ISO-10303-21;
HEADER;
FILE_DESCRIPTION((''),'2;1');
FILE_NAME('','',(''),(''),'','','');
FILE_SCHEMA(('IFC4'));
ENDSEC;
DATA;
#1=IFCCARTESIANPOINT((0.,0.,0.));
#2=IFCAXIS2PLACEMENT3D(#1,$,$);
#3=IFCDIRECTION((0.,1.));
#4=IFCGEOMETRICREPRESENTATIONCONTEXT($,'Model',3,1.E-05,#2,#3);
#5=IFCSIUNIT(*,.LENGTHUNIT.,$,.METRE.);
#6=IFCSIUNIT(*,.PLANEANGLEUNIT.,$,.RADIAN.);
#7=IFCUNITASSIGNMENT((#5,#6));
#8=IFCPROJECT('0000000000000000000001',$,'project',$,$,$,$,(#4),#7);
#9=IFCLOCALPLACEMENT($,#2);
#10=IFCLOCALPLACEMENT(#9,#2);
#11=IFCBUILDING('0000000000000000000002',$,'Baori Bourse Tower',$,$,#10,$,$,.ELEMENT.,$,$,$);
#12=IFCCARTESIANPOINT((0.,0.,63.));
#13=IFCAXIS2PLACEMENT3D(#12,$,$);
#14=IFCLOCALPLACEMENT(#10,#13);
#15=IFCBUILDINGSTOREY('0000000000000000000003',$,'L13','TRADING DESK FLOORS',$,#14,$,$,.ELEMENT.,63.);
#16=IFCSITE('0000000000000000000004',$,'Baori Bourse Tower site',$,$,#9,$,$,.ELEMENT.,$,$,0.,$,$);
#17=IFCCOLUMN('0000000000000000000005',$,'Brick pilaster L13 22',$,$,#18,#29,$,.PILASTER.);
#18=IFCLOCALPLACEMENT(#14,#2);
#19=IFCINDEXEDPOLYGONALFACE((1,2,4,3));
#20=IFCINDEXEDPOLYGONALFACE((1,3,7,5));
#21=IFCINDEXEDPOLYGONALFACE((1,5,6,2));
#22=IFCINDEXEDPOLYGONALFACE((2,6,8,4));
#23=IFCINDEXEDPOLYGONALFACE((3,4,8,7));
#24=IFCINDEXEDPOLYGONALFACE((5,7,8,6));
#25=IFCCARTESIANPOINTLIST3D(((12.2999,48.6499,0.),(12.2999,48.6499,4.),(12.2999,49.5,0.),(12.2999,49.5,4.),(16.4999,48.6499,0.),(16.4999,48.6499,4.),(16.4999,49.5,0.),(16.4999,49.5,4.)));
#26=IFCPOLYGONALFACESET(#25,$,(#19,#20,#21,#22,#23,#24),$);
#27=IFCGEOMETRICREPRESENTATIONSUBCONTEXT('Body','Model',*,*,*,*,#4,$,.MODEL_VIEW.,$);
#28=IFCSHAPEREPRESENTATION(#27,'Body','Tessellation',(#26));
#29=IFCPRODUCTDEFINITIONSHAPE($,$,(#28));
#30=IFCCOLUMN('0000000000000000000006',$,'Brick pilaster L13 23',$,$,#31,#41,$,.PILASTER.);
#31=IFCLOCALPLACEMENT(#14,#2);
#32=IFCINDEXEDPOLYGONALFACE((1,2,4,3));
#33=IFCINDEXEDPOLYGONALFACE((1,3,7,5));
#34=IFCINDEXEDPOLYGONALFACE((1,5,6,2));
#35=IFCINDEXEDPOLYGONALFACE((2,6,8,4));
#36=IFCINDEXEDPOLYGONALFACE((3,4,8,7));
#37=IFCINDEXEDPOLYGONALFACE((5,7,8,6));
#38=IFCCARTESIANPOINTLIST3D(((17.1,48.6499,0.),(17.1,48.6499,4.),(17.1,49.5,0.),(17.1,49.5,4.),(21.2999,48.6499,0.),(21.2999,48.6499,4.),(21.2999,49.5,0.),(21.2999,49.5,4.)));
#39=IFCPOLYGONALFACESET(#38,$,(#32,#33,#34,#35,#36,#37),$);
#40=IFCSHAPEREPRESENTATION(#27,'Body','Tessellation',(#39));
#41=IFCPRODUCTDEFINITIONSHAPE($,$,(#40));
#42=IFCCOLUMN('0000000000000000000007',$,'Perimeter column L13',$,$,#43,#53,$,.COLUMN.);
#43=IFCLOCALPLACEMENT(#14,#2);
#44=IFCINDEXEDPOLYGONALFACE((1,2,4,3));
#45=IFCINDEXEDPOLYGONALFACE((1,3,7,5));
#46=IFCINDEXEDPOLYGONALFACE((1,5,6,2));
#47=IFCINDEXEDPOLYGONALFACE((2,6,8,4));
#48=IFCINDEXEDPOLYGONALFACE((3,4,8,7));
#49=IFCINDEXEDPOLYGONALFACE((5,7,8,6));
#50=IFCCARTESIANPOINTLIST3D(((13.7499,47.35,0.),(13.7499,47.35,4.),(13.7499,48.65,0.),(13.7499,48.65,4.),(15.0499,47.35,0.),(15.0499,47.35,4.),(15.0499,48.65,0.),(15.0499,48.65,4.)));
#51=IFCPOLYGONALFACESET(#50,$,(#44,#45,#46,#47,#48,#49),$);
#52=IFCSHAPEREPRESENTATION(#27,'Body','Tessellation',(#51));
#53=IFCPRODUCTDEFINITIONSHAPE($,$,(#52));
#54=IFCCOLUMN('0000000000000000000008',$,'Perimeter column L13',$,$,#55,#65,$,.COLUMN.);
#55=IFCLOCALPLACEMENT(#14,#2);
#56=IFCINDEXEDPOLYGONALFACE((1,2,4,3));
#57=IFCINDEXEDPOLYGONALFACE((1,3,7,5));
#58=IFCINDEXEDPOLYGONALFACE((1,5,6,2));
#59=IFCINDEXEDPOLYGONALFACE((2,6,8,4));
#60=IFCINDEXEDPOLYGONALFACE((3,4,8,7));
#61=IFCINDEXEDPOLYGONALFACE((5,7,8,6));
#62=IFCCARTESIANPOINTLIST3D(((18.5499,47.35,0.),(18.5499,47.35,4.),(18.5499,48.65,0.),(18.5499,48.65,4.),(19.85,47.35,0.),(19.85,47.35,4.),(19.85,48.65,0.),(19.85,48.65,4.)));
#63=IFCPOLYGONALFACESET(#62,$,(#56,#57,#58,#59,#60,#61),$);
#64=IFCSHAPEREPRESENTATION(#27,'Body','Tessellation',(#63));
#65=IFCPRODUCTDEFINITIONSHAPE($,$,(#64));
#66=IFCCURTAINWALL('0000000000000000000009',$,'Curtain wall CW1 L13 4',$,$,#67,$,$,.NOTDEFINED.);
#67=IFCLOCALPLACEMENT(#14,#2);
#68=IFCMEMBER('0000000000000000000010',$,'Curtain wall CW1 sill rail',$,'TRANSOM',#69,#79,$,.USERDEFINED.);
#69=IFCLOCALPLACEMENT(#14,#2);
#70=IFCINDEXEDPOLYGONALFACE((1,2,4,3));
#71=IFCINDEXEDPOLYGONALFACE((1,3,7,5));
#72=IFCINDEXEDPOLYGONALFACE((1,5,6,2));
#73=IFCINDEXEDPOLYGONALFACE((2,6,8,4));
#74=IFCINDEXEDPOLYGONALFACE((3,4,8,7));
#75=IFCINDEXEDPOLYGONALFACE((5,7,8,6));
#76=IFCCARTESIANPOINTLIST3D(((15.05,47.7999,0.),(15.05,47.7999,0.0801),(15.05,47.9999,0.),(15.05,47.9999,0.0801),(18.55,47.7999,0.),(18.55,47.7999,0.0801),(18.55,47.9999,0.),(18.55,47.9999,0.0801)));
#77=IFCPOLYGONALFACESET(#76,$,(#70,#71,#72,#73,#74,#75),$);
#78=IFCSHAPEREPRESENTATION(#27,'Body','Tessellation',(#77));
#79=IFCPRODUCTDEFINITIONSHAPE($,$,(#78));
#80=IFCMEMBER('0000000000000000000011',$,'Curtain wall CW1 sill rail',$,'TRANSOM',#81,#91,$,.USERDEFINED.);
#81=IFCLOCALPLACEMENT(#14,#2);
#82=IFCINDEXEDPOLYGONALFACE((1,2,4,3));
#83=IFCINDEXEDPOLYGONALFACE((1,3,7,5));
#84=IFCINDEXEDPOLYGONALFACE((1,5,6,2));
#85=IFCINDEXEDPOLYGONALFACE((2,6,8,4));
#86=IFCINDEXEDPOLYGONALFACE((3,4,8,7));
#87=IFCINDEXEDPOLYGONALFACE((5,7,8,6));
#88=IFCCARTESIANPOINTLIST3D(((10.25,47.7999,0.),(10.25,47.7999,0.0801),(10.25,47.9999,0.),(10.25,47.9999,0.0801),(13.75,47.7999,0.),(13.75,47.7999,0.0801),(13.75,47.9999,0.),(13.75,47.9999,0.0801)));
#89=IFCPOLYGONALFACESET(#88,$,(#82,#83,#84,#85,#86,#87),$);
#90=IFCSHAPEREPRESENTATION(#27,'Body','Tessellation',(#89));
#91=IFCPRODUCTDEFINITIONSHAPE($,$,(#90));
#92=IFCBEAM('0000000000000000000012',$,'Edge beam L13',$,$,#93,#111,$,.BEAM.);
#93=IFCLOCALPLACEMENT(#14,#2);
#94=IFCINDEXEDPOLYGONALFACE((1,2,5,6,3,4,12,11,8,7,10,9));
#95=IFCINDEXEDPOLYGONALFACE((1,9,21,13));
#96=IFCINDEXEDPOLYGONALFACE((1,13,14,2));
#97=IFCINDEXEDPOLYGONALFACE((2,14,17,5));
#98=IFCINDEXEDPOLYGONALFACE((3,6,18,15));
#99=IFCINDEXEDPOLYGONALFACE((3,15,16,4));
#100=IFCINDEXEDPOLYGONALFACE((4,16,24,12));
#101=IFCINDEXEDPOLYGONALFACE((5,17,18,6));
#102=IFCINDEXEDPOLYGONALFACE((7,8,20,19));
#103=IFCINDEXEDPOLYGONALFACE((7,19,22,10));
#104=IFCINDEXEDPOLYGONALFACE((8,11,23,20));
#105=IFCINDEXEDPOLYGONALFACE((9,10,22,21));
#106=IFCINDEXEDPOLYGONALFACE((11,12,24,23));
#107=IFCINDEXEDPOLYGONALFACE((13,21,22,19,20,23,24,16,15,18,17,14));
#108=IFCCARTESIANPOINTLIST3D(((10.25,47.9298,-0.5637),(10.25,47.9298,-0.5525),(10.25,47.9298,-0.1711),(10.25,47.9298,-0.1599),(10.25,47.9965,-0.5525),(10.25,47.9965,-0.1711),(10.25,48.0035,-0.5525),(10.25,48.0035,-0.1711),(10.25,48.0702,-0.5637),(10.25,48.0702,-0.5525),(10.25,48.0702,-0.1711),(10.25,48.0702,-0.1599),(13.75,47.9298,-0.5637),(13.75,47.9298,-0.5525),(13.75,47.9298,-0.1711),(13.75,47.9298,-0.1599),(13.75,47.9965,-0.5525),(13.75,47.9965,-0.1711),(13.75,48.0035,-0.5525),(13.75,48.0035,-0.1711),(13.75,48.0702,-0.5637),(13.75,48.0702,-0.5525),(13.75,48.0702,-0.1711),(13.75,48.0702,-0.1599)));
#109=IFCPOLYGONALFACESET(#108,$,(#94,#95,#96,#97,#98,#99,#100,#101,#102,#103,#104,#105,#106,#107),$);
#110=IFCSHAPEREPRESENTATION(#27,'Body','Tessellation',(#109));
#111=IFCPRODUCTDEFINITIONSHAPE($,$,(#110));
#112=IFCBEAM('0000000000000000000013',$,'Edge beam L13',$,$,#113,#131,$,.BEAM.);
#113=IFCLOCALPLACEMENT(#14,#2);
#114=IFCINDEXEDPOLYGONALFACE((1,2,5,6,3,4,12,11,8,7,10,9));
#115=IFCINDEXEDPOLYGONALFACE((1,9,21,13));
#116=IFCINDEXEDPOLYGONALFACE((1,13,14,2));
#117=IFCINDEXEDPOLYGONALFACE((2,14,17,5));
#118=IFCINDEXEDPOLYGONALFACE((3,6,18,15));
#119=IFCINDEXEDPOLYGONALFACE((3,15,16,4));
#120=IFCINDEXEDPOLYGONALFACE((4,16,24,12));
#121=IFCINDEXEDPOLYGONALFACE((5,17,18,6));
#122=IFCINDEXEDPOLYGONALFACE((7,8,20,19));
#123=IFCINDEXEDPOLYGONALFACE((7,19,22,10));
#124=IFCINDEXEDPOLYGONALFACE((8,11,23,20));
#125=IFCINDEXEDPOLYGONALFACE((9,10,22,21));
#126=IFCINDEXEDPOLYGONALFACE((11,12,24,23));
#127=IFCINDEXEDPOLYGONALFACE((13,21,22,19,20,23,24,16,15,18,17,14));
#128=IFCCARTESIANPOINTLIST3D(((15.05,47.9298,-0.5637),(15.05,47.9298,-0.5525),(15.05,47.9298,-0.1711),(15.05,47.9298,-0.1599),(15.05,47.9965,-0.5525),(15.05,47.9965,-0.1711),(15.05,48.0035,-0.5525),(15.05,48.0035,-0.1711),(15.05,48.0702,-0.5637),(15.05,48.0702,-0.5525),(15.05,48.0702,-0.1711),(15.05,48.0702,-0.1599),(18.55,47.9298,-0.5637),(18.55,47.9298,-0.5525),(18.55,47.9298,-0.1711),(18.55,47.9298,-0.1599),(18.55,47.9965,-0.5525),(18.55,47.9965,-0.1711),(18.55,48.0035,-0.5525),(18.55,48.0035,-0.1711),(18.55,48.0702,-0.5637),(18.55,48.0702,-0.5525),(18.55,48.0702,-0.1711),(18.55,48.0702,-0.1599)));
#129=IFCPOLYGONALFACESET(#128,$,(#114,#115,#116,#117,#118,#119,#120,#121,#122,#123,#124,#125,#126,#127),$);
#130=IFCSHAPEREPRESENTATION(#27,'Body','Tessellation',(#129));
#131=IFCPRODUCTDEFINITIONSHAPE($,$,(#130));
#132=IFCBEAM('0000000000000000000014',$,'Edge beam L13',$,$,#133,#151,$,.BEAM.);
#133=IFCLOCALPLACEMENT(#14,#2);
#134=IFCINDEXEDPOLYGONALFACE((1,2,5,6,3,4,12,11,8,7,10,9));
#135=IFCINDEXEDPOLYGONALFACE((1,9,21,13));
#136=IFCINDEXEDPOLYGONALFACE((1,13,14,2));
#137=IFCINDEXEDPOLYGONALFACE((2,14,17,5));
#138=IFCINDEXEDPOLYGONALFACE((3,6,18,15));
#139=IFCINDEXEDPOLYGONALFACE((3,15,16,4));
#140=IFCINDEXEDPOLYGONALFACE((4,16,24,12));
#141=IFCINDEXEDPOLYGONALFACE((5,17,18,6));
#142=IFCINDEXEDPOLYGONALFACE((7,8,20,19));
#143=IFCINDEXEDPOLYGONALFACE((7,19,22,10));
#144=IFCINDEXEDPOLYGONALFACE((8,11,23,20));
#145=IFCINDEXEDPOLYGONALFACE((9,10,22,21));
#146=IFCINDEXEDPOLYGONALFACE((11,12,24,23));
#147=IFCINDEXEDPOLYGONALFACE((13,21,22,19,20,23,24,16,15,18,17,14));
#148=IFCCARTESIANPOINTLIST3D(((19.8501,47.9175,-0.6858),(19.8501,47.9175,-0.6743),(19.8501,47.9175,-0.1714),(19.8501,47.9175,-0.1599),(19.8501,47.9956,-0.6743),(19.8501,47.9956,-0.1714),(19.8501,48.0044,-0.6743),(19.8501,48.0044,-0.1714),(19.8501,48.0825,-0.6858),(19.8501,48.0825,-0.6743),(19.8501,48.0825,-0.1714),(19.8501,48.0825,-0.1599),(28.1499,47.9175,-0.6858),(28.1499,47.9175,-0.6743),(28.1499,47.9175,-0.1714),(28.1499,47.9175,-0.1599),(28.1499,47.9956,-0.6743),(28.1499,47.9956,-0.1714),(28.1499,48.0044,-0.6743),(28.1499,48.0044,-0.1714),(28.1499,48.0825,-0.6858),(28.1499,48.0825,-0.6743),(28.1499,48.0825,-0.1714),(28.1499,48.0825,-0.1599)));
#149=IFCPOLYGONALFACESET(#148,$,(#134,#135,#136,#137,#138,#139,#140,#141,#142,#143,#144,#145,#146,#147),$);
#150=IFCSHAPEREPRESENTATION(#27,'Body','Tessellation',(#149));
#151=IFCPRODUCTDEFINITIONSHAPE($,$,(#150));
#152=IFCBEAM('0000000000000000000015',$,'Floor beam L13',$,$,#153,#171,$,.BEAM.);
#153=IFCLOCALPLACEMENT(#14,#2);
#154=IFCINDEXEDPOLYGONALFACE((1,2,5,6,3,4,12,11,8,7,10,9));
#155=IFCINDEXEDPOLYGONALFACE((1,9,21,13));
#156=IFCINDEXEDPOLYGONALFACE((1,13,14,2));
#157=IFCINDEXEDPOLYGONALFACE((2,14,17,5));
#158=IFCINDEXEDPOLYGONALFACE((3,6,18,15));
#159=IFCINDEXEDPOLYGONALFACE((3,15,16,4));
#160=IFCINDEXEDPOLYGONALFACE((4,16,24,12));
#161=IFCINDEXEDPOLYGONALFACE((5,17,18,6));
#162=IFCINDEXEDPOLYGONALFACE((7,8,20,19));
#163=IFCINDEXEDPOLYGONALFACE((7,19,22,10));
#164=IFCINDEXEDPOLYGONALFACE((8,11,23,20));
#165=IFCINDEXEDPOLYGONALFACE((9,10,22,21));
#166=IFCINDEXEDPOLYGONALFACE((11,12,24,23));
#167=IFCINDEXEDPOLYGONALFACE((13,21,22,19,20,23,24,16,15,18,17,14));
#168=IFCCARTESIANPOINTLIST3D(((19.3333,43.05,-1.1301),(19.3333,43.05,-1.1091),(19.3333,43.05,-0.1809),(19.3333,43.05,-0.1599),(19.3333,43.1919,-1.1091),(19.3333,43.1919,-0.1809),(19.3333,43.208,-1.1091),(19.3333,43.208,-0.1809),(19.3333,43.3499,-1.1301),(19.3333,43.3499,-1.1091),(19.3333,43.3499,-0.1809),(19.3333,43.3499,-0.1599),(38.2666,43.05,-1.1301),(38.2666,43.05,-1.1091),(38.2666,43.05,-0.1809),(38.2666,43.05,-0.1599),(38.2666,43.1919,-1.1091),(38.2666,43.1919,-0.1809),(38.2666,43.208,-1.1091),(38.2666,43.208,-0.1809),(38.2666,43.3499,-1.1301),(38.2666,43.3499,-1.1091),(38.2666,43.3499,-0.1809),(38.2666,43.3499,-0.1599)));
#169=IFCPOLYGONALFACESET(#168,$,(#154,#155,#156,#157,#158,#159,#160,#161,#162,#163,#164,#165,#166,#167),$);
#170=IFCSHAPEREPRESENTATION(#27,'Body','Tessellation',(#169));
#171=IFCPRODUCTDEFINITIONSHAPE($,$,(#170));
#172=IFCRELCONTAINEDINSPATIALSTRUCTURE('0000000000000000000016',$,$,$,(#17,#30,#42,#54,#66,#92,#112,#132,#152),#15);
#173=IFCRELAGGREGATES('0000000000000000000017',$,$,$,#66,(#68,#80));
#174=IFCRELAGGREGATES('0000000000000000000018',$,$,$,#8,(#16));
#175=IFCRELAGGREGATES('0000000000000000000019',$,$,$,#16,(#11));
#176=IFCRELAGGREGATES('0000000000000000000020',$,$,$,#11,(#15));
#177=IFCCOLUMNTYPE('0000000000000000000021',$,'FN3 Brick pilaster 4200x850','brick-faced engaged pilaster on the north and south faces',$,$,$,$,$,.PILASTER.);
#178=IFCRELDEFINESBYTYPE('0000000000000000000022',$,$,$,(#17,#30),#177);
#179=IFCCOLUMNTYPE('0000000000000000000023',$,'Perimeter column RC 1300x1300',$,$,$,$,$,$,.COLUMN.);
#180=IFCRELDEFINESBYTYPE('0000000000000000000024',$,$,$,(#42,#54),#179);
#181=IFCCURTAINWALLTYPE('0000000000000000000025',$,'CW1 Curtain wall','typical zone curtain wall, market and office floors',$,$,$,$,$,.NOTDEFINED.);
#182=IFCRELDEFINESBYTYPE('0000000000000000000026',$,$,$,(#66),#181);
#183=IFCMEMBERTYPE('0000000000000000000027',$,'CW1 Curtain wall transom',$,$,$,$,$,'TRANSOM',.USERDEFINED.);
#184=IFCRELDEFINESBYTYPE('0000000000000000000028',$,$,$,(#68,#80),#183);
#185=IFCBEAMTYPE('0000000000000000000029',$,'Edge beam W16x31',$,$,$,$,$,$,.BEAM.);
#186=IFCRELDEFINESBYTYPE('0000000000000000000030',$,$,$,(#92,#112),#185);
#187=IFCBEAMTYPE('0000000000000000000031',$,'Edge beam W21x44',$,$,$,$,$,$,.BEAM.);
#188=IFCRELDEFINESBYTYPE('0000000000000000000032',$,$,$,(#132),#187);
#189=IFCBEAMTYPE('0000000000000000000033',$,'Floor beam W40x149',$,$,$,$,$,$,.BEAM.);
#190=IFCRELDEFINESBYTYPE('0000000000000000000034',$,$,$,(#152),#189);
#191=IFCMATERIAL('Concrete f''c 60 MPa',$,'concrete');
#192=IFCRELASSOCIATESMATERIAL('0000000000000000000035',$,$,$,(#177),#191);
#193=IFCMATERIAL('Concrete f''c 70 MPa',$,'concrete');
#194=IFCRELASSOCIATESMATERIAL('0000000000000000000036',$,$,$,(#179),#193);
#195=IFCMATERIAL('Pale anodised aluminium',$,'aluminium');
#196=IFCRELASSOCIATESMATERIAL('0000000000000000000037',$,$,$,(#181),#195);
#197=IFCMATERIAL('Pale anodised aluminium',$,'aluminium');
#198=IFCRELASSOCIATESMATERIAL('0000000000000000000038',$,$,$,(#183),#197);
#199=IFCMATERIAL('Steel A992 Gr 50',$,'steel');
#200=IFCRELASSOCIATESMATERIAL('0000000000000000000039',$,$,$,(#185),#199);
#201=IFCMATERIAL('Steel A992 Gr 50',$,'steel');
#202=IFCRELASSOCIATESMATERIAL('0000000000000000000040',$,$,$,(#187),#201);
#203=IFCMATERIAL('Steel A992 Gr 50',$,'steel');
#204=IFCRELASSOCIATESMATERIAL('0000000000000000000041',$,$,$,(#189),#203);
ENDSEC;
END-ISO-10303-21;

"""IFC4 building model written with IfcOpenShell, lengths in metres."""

from ifc_helpers import new_model, si_unit, direction, frame, origin, origin_2d, place, context, subcontext, project, spatial, rectangle, i_section, extrude, material, material_profile, profile_set, type_object, element, aggregate, save


model = new_model("IFC4")

# Units and contexts
model_context = context("Model", 3, precision=1e-05, world=origin(), true_north=direction((0.0, 1.0)))
body_context = subcontext(model_context, "Body", "Model", "MODEL_VIEW")
ifc_project = project(units=[si_unit("LENGTHUNIT", "METRE"), si_unit("PLANEANGLEUNIT", "RADIAN")], contexts=[model_context])

# Site, building, storey
site_placement = place(None, origin())
site = spatial("IfcSite", under=ifc_project, at=site_placement, Name="Baori Bourse Tower site", CompositionType="ELEMENT", RefElevation=0.0)
building_placement = place(site_placement, origin())
building = spatial("IfcBuilding", under=site, at=building_placement, Name="Baori Bourse Tower", CompositionType="ELEMENT")
storey_placement = place(building_placement, frame((0.0, 0.0, 63.0)))
storey = spatial("IfcBuildingStorey", under=building, at=storey_placement, Name="L13", Description="TRADING DESK FLOORS", CompositionType="ELEMENT", Elevation=63.0)

# Columns
ifc_material_1 = material(Name="Concrete f'c 60 MPa", Category="concrete")
ifc_material_profile_1 = material_profile(ifc_material_1, rectangle(XDim=4.2, YDim=0.8501, at=origin_2d()), Name="RC 4200x850")
ifc_profile_set_1 = profile_set([ifc_material_profile_1], Name="Concrete f'c 60 MPa")
column_type_1 = type_object("IfcColumnType", Name="FN3 Brick pilaster 4200x850", Description="brick-faced engaged pilaster on the north and south faces", PredefinedType="PILASTER", material=ifc_profile_set_1)
for number, where, z_axis, x_axis, name in (
    (1, (14.3999, 49.075, 0.0), (0.0, 0.0, 1.0), (1.0, 0.0, 0.0), "Brick pilaster L13 22"),
    (2, (19.2, 49.075, 0.0), (0.0, 0.0, 1.0), (1.0, 0.0, 0.0), "Brick pilaster L13 23"),
):
    element("IfcColumn", number, at=place(storey_placement, frame(where, z_axis=z_axis, x_axis=x_axis)), inside=storey, type_object=column_type_1, Name=name, PredefinedType="PILASTER", context=body_context, shape_type="SweptSolid", body=[
        extrude(rectangle(XDim=4.2, YDim=0.8501, at=origin_2d()), origin(), (0.0, 0.0, 1.0), 4.0),
    ])
ifc_material_2 = material(Name="Concrete f'c 70 MPa", Category="concrete")
ifc_material_profile_2 = material_profile(ifc_material_2, rectangle(XDim=1.3, YDim=1.3, at=origin_2d()), Name="RC 1300x1300")
ifc_profile_set_2 = profile_set([ifc_material_profile_2], Name="Concrete f'c 70 MPa")
column_type_2 = type_object("IfcColumnType", Name="Perimeter column RC 1300x1300", PredefinedType="COLUMN", material=ifc_profile_set_2)
for number, where, z_axis, x_axis, name in (
    (3, (14.3999, 48.0, 0.0), (0.0, 0.0, 1.0), (1.0, 0.0, 0.0), "Perimeter column L13"),
    (4, (19.2, 48.0, 0.0), (0.0, 0.0, 1.0), (1.0, 0.0, 0.0), "Perimeter column L13"),
):
    element("IfcColumn", number, at=place(storey_placement, frame(where, z_axis=z_axis, x_axis=x_axis)), inside=storey, type_object=column_type_2, Name=name, PredefinedType="COLUMN", context=body_context, shape_type="SweptSolid", body=[
        extrude(rectangle(XDim=1.3, YDim=1.3, at=origin_2d()), origin(), (0.0, 0.0, 1.0), 4.0),
    ])

# Curtain wall, members
ifc_material_3 = material(Name="Pale anodised aluminium", Category="aluminium")
curtain_wall_type = type_object("IfcCurtainWallType", Name="CW1 Curtain wall", Description="typical zone curtain wall, market and office floors", PredefinedType="NOTDEFINED", material=ifc_material_3)
curtain_wall_placement = place(storey_placement, origin())
curtain_wall = element("IfcCurtainWall", 5, at=curtain_wall_placement, inside=storey, type_object=curtain_wall_type, Name="Curtain wall CW1 L13 4", PredefinedType="NOTDEFINED")
ifc_material_4 = material(Name="Pale anodised aluminium", Category="aluminium")
ifc_material_profile_3 = material_profile(ifc_material_4, rectangle(XDim=0.2, YDim=0.0801, at=origin_2d()), Name="Transom 80x200")
ifc_profile_set_3 = profile_set([ifc_material_profile_3], Name="Pale anodised aluminium")
member_type = type_object("IfcMemberType", Name="CW1 Curtain wall transom", ElementType="TRANSOM", PredefinedType="USERDEFINED", material=ifc_profile_set_3)
member_1_placement = place(storey_placement, frame((18.55, 47.8999, 0.04), z_axis=(-1.0, 0.0, 0.0), x_axis=(0.0, -1.0, 0.0)))
member_1 = element("IfcMember", 6, at=member_1_placement, type_object=member_type, Name="Curtain wall CW1 sill rail", ObjectType="TRANSOM", PredefinedType="USERDEFINED", context=body_context, shape_type="SweptSolid", body=[
    extrude(rectangle(XDim=0.2, YDim=0.0801, at=origin_2d()), origin(), (0.0, 0.0, 1.0), 3.5),
])
member_2_placement = place(storey_placement, frame((13.75, 47.8999, 0.04), z_axis=(-1.0, 0.0, 0.0), x_axis=(0.0, -1.0, 0.0)))
member_2 = element("IfcMember", 7, at=member_2_placement, type_object=member_type, Name="Curtain wall CW1 sill rail", ObjectType="TRANSOM", PredefinedType="USERDEFINED", context=body_context, shape_type="SweptSolid", body=[
    extrude(rectangle(XDim=0.2, YDim=0.0801, at=origin_2d()), origin(), (0.0, 0.0, 1.0), 3.5),
])

# Beams
ifc_material_5 = material(Name="Steel A992 Gr 50", Category="steel")
ifc_material_profile_4 = material_profile(ifc_material_5, i_section(OverallWidth=0.1404, OverallDepth=0.4038, WebThickness=0.0071, FlangeThickness=0.0112, at=origin_2d()), Name="W16x31")
ifc_profile_set_4 = profile_set([ifc_material_profile_4], Name="Steel A992 Gr 50")
beam_type_1 = type_object("IfcBeamType", Name="Edge beam W16x31", PredefinedType="BEAM", material=ifc_profile_set_4)
for number, where, z_axis, x_axis, name in (
    (8, (10.25, 48.0, -0.3618), (1.0, 0.0, 0.0), (0.0, 1.0, 0.0), "Edge beam L13"),
    (9, (15.05, 48.0, -0.3618), (1.0, 0.0, 0.0), (0.0, 1.0, 0.0), "Edge beam L13"),
):
    element("IfcBeam", number, at=place(storey_placement, frame(where, z_axis=z_axis, x_axis=x_axis)), inside=storey, type_object=beam_type_1, Name=name, PredefinedType="BEAM", context=body_context, shape_type="SweptSolid", body=[
        extrude(i_section(OverallWidth=0.1404, OverallDepth=0.4038, WebThickness=0.0071, FlangeThickness=0.0112, at=origin_2d()), origin(), (0.0, 0.0, 1.0), 3.5),
    ])
ifc_material_6 = material(Name="Steel A992 Gr 50", Category="steel")
ifc_material_profile_5 = material_profile(ifc_material_6, i_section(OverallWidth=0.165, OverallDepth=0.5259, WebThickness=0.0088, FlangeThickness=0.0115, at=origin_2d()), Name="W21x44")
ifc_profile_set_5 = profile_set([ifc_material_profile_5], Name="Steel A992 Gr 50")
beam_type_2 = type_object("IfcBeamType", Name="Edge beam W21x44", PredefinedType="BEAM", material=ifc_profile_set_5)
beam_1_placement = place(storey_placement, frame((19.8501, 48.0, -0.4229), z_axis=(1.0, 0.0, 0.0), x_axis=(0.0, 1.0, 0.0)))
element("IfcBeam", 10, at=beam_1_placement, inside=storey, type_object=beam_type_2, Name="Edge beam L13", PredefinedType="BEAM", context=body_context, shape_type="SweptSolid", body=[
    extrude(i_section(OverallWidth=0.165, OverallDepth=0.5259, WebThickness=0.0088, FlangeThickness=0.0115, at=origin_2d()), origin(), (0.0, 0.0, 1.0), 8.2998),
])
ifc_material_7 = material(Name="Steel A992 Gr 50", Category="steel")
ifc_material_profile_6 = material_profile(ifc_material_7, i_section(OverallWidth=0.2998, OverallDepth=0.9702, WebThickness=0.0161, FlangeThickness=0.021, at=origin_2d()), Name="W40x149")
ifc_profile_set_6 = profile_set([ifc_material_profile_6], Name="Steel A992 Gr 50")
beam_type_3 = type_object("IfcBeamType", Name="Floor beam W40x149", PredefinedType="BEAM", material=ifc_profile_set_6)
beam_2_placement = place(storey_placement, frame((19.3333, 43.2, -0.645), z_axis=(1.0, 0.0, 0.0), x_axis=(0.0, 1.0, 0.0)))
element("IfcBeam", 11, at=beam_2_placement, inside=storey, type_object=beam_type_3, Name="Floor beam L13", PredefinedType="BEAM", context=body_context, shape_type="SweptSolid", body=[
    extrude(i_section(OverallWidth=0.2998, OverallDepth=0.9702, WebThickness=0.0161, FlangeThickness=0.021, at=origin_2d()), origin(), (0.0, 0.0, 1.0), 18.9333),
])

aggregate(curtain_wall, [member_1, member_2])

save(model, "model.ifc")
